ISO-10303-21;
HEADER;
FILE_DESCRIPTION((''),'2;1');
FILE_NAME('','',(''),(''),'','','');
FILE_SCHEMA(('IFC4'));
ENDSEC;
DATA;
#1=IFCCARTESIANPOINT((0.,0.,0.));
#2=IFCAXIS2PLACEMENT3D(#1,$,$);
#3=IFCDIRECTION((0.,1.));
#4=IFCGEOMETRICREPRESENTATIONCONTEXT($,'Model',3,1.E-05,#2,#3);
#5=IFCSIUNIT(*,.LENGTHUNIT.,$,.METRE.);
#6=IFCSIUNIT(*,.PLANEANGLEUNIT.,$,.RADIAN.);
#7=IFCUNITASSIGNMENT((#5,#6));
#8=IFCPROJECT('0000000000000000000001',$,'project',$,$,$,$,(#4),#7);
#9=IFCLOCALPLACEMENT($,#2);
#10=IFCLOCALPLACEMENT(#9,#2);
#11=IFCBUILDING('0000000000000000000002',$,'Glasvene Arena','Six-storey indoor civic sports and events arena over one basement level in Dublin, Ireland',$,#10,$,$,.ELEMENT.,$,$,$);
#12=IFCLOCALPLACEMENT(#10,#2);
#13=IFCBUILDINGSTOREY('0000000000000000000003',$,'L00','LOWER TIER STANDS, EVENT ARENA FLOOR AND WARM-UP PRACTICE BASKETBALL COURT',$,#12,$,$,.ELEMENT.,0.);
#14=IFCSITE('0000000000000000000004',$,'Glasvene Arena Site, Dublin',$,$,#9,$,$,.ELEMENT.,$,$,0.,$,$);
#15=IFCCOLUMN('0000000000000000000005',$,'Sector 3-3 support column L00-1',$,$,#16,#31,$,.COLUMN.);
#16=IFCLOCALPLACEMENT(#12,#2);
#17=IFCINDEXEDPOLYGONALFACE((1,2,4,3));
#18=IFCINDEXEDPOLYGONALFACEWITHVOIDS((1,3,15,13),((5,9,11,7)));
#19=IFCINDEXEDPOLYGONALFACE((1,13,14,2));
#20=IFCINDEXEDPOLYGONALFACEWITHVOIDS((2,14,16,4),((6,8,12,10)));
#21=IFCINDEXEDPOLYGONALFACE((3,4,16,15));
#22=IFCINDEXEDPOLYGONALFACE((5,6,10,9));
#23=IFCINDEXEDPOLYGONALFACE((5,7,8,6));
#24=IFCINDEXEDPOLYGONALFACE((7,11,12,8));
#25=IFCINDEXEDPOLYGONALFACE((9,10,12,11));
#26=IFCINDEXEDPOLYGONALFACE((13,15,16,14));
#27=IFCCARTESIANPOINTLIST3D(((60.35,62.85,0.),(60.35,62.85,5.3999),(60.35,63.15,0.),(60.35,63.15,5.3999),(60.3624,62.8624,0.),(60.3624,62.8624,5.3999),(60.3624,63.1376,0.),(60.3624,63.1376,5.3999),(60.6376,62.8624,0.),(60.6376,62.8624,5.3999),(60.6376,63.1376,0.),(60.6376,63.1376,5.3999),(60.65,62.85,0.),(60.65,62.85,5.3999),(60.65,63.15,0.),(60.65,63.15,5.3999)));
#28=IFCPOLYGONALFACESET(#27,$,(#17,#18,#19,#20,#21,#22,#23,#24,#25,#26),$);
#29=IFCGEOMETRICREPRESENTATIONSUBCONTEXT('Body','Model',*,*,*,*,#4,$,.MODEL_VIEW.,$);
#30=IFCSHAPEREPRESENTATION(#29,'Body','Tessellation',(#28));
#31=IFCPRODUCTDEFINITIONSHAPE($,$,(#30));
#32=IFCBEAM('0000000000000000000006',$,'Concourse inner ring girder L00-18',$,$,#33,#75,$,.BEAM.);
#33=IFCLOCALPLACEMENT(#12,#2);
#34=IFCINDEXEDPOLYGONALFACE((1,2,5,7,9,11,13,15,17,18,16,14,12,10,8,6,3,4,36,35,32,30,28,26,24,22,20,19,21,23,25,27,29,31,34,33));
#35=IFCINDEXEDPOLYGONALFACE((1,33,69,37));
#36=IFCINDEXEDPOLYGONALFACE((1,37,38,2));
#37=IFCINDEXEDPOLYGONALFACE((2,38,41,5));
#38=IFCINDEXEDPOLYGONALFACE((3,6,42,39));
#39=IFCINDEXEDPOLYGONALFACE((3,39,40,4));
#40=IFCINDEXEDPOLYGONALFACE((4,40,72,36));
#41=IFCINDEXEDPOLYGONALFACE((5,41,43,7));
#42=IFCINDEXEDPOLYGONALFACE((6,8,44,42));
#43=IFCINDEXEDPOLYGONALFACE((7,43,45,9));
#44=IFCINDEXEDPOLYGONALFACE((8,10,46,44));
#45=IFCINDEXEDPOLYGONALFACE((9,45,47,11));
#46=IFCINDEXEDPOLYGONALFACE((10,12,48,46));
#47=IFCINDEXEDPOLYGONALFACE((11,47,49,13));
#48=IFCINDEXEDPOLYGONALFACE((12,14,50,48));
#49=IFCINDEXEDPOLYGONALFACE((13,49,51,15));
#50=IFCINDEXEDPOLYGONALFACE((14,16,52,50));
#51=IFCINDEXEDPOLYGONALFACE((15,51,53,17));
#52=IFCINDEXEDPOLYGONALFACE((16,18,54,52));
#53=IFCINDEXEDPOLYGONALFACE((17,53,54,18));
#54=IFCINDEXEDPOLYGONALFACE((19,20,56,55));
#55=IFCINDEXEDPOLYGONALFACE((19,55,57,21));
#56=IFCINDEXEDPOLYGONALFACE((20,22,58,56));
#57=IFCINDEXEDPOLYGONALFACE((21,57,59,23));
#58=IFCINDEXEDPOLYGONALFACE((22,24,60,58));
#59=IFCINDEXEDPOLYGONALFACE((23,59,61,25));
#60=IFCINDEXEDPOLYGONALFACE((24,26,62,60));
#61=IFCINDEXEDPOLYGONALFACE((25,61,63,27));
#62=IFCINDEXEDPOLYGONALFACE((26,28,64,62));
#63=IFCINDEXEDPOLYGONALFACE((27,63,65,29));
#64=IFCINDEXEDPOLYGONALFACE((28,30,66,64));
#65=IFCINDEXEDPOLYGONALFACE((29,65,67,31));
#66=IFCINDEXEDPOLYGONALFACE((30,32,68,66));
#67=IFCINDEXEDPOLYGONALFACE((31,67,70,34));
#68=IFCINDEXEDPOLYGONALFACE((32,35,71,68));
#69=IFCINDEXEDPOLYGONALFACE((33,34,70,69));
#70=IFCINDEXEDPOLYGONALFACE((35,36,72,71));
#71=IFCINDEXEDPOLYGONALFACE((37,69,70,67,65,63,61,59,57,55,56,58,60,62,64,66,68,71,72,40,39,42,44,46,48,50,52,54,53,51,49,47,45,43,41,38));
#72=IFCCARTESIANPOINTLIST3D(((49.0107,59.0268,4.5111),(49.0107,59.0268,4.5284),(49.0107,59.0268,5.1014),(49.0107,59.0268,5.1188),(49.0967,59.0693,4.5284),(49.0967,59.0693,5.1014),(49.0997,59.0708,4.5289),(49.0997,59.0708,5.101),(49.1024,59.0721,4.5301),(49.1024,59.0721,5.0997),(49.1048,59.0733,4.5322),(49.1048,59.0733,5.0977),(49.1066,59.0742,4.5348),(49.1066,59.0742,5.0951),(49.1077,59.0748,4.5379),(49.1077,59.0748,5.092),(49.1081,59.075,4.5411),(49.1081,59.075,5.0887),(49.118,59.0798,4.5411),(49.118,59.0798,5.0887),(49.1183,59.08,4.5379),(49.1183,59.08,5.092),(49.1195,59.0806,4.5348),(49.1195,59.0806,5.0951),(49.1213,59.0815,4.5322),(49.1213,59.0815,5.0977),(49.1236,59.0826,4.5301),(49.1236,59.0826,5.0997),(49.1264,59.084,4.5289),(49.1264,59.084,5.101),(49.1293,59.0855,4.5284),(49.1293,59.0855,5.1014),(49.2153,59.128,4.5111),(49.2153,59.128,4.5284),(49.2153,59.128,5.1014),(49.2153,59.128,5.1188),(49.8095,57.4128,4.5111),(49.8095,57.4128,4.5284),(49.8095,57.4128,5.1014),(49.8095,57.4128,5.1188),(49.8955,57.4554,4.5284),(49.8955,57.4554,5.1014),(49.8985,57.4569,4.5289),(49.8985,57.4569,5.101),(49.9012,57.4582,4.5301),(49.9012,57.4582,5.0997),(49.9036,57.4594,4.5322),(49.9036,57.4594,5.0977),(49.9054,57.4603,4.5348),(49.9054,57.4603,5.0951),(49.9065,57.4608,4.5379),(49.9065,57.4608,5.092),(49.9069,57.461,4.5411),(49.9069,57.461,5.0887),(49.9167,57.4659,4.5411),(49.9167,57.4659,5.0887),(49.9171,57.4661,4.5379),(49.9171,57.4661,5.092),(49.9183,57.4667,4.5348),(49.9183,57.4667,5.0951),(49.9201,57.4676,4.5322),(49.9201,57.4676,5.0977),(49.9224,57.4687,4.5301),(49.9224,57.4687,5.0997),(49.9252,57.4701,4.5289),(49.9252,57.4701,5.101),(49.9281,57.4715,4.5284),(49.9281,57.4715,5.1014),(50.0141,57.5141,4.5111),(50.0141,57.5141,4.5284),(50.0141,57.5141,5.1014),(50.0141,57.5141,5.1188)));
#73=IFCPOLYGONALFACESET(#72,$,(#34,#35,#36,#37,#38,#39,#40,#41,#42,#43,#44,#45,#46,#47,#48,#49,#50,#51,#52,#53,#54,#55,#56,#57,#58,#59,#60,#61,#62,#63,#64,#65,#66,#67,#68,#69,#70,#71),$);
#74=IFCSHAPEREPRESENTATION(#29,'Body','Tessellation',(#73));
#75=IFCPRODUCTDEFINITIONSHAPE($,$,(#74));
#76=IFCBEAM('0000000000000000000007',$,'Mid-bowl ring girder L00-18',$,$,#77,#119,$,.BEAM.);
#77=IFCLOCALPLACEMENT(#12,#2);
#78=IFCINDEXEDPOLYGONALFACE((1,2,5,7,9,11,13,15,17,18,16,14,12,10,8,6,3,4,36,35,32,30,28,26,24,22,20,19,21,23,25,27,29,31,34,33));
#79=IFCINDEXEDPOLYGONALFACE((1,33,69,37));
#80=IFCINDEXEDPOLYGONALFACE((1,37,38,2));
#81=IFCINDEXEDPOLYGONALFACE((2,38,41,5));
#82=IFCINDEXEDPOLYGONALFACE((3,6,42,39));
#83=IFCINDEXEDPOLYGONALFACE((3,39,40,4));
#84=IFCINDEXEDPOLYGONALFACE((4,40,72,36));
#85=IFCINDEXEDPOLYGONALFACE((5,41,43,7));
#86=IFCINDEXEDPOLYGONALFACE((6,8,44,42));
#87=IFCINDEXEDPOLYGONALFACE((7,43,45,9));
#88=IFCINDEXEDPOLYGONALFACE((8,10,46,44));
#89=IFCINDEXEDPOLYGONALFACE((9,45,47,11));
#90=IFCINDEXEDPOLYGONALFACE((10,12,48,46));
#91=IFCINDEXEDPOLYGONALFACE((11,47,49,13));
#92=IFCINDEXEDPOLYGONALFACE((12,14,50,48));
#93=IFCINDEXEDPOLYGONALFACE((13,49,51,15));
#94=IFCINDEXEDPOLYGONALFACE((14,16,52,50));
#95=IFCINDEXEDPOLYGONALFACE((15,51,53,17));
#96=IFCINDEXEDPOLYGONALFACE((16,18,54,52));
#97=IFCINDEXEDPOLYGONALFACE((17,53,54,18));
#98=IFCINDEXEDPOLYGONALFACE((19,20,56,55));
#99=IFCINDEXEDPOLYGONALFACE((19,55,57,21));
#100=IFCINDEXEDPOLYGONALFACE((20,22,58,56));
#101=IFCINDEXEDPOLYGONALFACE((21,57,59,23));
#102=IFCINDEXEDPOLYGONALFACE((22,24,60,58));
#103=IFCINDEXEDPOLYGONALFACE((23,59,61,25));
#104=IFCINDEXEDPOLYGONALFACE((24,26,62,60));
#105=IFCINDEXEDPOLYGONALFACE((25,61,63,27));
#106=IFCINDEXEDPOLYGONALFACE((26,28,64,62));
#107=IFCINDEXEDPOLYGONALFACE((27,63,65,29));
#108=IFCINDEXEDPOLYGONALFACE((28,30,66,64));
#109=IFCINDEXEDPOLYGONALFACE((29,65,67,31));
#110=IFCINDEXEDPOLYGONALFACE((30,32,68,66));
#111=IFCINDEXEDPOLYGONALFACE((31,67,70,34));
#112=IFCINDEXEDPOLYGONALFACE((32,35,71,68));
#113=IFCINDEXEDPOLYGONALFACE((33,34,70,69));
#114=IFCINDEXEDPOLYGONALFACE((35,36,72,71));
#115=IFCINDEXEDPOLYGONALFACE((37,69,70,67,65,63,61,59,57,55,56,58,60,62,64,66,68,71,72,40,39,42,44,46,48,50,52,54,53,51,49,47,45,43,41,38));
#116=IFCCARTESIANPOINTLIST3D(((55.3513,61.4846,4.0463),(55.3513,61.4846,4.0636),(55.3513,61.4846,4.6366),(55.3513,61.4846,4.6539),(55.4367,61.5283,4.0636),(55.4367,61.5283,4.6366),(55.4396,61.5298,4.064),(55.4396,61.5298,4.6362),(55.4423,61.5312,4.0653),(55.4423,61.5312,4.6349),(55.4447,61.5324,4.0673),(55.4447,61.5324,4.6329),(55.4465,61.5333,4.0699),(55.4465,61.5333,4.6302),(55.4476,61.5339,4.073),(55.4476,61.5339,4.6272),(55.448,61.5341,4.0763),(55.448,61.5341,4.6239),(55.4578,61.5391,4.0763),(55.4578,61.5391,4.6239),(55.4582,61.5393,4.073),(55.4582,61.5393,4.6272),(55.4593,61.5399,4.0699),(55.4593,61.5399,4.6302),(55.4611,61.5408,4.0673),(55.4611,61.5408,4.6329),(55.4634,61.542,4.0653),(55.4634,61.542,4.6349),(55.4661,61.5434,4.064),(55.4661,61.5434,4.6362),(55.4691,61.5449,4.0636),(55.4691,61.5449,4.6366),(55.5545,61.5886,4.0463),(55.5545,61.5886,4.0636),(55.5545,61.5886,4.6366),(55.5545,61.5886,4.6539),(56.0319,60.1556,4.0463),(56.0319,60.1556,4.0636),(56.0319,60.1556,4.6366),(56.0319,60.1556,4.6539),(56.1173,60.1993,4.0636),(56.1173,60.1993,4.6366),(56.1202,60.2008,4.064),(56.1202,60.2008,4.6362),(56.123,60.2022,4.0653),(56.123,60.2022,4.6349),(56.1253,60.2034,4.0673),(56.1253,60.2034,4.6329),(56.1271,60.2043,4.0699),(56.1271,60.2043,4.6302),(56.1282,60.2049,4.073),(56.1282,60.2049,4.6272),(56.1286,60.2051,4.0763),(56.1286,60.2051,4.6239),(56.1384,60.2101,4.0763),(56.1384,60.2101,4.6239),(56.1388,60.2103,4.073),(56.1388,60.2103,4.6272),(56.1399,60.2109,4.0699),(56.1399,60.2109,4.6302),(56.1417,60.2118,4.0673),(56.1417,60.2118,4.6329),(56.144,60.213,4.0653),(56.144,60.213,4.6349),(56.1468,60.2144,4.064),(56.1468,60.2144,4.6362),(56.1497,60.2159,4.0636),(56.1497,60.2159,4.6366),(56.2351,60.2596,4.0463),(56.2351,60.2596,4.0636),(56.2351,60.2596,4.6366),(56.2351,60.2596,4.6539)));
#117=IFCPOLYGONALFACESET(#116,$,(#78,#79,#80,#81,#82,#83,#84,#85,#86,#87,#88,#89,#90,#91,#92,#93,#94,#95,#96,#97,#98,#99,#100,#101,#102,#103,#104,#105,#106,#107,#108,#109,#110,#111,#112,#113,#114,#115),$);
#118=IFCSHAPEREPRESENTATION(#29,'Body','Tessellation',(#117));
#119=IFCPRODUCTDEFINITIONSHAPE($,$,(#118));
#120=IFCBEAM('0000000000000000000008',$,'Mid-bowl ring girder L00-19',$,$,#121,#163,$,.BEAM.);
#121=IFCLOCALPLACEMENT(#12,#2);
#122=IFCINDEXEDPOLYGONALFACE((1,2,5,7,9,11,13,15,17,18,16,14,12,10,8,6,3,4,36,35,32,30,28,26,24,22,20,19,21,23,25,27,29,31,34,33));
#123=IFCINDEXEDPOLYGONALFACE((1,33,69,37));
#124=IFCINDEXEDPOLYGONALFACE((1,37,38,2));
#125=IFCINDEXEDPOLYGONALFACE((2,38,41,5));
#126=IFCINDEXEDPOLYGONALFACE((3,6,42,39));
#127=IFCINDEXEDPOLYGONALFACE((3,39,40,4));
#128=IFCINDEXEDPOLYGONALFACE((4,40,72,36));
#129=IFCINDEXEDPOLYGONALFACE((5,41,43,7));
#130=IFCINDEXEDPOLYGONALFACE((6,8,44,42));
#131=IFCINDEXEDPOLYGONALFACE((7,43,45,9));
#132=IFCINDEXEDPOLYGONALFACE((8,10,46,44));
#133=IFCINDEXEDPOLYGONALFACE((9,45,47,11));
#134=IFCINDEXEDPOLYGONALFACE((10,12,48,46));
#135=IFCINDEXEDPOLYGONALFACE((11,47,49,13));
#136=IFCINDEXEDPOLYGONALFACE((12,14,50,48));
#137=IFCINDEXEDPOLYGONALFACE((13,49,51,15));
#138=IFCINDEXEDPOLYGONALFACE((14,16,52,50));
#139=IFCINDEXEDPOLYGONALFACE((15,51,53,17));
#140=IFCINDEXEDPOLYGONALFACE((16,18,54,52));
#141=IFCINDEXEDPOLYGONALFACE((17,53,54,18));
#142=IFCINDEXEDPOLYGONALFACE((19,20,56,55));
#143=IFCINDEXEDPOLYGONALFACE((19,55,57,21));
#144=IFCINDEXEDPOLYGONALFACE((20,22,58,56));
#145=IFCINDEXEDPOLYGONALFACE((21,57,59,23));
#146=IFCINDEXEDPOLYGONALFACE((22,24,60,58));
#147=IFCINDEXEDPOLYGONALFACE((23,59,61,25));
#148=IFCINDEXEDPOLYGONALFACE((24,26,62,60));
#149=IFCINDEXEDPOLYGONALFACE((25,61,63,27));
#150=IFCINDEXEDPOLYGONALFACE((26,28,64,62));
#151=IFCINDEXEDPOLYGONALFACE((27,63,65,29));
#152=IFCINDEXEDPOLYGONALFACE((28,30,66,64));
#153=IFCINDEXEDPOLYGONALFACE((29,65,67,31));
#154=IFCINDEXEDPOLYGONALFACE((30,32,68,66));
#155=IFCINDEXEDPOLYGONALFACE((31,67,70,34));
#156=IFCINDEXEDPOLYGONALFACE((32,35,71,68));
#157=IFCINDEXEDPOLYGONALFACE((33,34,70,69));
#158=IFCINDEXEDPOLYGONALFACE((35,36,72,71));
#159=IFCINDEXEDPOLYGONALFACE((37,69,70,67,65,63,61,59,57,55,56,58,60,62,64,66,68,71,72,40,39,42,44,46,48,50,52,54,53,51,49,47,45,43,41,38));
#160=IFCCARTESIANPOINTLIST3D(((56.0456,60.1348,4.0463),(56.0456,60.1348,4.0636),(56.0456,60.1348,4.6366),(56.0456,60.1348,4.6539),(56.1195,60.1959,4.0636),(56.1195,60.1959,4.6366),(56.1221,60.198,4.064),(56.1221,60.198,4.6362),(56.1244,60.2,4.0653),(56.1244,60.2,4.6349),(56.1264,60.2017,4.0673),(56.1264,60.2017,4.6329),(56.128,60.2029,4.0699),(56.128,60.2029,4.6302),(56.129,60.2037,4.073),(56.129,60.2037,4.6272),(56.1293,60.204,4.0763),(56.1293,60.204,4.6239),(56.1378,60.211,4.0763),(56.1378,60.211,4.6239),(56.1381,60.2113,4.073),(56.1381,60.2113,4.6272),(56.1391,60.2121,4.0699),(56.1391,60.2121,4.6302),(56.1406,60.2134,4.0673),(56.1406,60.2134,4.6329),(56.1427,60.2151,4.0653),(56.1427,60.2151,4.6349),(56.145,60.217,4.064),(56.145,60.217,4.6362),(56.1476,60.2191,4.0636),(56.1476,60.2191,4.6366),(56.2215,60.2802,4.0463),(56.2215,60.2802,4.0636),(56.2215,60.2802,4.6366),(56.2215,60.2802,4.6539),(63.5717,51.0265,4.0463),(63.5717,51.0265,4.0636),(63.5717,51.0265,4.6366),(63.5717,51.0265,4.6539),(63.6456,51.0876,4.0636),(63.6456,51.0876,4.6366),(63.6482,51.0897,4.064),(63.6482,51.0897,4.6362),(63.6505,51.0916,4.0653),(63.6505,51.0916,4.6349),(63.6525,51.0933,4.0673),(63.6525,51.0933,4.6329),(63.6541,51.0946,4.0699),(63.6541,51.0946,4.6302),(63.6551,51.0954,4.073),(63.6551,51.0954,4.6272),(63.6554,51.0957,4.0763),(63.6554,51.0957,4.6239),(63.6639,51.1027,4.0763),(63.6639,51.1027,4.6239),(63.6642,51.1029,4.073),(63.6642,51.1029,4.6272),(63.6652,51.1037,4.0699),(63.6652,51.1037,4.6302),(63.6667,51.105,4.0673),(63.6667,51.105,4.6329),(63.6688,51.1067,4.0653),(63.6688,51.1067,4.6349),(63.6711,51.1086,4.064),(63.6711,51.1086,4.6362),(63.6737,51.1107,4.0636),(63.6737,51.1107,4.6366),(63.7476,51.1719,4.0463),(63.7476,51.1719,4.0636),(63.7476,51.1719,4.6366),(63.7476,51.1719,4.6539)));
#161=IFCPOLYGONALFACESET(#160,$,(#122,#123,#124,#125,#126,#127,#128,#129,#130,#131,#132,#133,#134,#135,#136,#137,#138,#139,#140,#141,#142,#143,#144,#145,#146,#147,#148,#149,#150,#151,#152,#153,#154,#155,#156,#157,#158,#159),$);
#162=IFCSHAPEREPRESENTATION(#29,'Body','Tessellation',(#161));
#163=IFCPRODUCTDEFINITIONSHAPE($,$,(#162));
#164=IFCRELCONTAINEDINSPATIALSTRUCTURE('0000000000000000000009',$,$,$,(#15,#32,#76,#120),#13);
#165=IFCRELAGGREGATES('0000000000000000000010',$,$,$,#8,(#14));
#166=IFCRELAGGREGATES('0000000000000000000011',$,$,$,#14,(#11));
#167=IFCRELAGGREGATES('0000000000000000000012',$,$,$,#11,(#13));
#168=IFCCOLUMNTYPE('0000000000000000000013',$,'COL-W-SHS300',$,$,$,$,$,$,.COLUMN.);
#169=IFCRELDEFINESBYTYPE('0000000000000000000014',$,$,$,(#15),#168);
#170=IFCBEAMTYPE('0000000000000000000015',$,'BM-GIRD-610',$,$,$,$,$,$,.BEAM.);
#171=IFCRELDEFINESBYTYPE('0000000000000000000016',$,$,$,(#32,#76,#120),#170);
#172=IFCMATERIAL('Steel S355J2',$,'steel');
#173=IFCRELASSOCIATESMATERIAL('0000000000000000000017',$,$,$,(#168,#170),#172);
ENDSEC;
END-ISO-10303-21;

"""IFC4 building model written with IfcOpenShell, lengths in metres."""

from ifc_helpers import new_model, si_unit, direction, frame, origin, origin_2d, place, context, subcontext, project, spatial, hollow_rectangle, i_section, extrude, material, material_profile, profile_set, type_object, element, save


model = new_model("IFC4")

# Units and contexts
model_context = context("Model", 3, precision=1e-05, world=origin(), true_north=direction((0.0, 1.0)))
body_context = subcontext(model_context, "Body", "Model", "MODEL_VIEW")
ifc_project = project(units=[si_unit("LENGTHUNIT", "METRE"), si_unit("PLANEANGLEUNIT", "RADIAN")], contexts=[model_context])

# Site, building, storey
site_placement = place(None, origin())
site = spatial("IfcSite", under=ifc_project, at=site_placement, Name="Glasvene Arena Site, Dublin", CompositionType="ELEMENT", RefElevation=0.0)
building_placement = place(site_placement, origin())
building = spatial("IfcBuilding", under=site, at=building_placement, Name="Glasvene Arena", Description="Six-storey indoor civic sports and events arena over one basement level in Dublin, Ireland", CompositionType="ELEMENT")
storey_placement = place(building_placement, origin())
storey = spatial("IfcBuildingStorey", under=building, at=storey_placement, Name="L00", Description="LOWER TIER STANDS, EVENT ARENA FLOOR AND WARM-UP PRACTICE BASKETBALL COURT", CompositionType="ELEMENT", Elevation=0.0)

# Column
ifc_material_1 = material(Name="Steel S355J2", Category="steel")
ifc_material_profile_1 = material_profile(ifc_material_1, hollow_rectangle(XDim=0.3, YDim=0.3, WallThickness=0.0125, at=origin_2d()), Name="SHS 300x300x12.5")
ifc_profile_set_1 = profile_set([ifc_material_profile_1], Name="Steel S355J2")
column_type_1 = type_object("IfcColumnType", Name="COL-W-SHS300", PredefinedType="COLUMN", material=ifc_profile_set_1)
column_placement = place(storey_placement, frame((60.5, 63.0, 0.0), z_axis=(0.0, 0.0, 1.0), x_axis=(1.0, 0.0, 0.0)))
element("IfcColumn", 1, at=column_placement, inside=storey, type_object=column_type_1, Name="Sector 3-3 support column L00-1", PredefinedType="COLUMN", context=body_context, shape_type="SweptSolid", body=[
    extrude(hollow_rectangle(XDim=0.3, YDim=0.3, WallThickness=0.0125, at=origin_2d()), origin(), (0.0, 0.0, 1.0), 5.3999),
])

# Beams
ifc_material_profile_2 = material_profile(ifc_material_1, i_section(OverallWidth=0.2283, OverallDepth=0.6077, WebThickness=0.011, FlangeThickness=0.0173, FilletRadius=0.0127, at=origin_2d()), Name="UKB 610x229x113")
ifc_profile_set_2 = profile_set([ifc_material_profile_2], Name="Steel S355J2")
beam_type_1 = type_object("IfcBeamType", Name="BM-GIRD-610", PredefinedType="BEAM", material=ifc_profile_set_2)
beam_1_placement = place(storey_placement, frame((49.113, 59.0774, 4.8149), z_axis=(0.443577, -0.896236, 0.0), x_axis=(0.896236, 0.443577, 0.0)))
element("IfcBeam", 2, at=beam_1_placement, inside=storey, type_object=beam_type_1, Name="Concourse inner ring girder L00-18", PredefinedType="BEAM", context=body_context, shape_type="SweptSolid", body=[
    extrude(i_section(OverallWidth=0.2283, OverallDepth=0.6077, WebThickness=0.011, FlangeThickness=0.0173, FilletRadius=0.0127, at=origin_2d()), origin(), (0.0, 0.0, 1.0), 1.8008),
])
beam_2_placement = place(storey_placement, frame((55.4529, 61.5366, 4.3501), z_axis=(0.455825, -0.890069, 0.0), x_axis=(0.890069, 0.455825, 0.0)))
element("IfcBeam", 3, at=beam_2_placement, inside=storey, type_object=beam_type_1, Name="Mid-bowl ring girder L00-18", PredefinedType="BEAM", context=body_context, shape_type="SweptSolid", body=[
    extrude(i_section(OverallWidth=0.2283, OverallDepth=0.6077, WebThickness=0.011, FlangeThickness=0.0173, FilletRadius=0.0127, at=origin_2d()), origin(), (0.0, 0.0, 1.0), 1.4932),
])
beam_3_placement = place(storey_placement, frame((56.1335, 60.2075, 4.3501), z_axis=(0.636972, -0.770887, 0.0), x_axis=(0.770887, 0.636972, 0.0)))
element("IfcBeam", 4, at=beam_3_placement, inside=storey, type_object=beam_type_1, Name="Mid-bowl ring girder L00-19", PredefinedType="BEAM", context=body_context, shape_type="SweptSolid", body=[
    extrude(i_section(OverallWidth=0.2283, OverallDepth=0.6077, WebThickness=0.011, FlangeThickness=0.0173, FilletRadius=0.0127, at=origin_2d()), origin(), (0.0, 0.0, 1.0), 11.8154),
])

save(model, "model.ifc")
